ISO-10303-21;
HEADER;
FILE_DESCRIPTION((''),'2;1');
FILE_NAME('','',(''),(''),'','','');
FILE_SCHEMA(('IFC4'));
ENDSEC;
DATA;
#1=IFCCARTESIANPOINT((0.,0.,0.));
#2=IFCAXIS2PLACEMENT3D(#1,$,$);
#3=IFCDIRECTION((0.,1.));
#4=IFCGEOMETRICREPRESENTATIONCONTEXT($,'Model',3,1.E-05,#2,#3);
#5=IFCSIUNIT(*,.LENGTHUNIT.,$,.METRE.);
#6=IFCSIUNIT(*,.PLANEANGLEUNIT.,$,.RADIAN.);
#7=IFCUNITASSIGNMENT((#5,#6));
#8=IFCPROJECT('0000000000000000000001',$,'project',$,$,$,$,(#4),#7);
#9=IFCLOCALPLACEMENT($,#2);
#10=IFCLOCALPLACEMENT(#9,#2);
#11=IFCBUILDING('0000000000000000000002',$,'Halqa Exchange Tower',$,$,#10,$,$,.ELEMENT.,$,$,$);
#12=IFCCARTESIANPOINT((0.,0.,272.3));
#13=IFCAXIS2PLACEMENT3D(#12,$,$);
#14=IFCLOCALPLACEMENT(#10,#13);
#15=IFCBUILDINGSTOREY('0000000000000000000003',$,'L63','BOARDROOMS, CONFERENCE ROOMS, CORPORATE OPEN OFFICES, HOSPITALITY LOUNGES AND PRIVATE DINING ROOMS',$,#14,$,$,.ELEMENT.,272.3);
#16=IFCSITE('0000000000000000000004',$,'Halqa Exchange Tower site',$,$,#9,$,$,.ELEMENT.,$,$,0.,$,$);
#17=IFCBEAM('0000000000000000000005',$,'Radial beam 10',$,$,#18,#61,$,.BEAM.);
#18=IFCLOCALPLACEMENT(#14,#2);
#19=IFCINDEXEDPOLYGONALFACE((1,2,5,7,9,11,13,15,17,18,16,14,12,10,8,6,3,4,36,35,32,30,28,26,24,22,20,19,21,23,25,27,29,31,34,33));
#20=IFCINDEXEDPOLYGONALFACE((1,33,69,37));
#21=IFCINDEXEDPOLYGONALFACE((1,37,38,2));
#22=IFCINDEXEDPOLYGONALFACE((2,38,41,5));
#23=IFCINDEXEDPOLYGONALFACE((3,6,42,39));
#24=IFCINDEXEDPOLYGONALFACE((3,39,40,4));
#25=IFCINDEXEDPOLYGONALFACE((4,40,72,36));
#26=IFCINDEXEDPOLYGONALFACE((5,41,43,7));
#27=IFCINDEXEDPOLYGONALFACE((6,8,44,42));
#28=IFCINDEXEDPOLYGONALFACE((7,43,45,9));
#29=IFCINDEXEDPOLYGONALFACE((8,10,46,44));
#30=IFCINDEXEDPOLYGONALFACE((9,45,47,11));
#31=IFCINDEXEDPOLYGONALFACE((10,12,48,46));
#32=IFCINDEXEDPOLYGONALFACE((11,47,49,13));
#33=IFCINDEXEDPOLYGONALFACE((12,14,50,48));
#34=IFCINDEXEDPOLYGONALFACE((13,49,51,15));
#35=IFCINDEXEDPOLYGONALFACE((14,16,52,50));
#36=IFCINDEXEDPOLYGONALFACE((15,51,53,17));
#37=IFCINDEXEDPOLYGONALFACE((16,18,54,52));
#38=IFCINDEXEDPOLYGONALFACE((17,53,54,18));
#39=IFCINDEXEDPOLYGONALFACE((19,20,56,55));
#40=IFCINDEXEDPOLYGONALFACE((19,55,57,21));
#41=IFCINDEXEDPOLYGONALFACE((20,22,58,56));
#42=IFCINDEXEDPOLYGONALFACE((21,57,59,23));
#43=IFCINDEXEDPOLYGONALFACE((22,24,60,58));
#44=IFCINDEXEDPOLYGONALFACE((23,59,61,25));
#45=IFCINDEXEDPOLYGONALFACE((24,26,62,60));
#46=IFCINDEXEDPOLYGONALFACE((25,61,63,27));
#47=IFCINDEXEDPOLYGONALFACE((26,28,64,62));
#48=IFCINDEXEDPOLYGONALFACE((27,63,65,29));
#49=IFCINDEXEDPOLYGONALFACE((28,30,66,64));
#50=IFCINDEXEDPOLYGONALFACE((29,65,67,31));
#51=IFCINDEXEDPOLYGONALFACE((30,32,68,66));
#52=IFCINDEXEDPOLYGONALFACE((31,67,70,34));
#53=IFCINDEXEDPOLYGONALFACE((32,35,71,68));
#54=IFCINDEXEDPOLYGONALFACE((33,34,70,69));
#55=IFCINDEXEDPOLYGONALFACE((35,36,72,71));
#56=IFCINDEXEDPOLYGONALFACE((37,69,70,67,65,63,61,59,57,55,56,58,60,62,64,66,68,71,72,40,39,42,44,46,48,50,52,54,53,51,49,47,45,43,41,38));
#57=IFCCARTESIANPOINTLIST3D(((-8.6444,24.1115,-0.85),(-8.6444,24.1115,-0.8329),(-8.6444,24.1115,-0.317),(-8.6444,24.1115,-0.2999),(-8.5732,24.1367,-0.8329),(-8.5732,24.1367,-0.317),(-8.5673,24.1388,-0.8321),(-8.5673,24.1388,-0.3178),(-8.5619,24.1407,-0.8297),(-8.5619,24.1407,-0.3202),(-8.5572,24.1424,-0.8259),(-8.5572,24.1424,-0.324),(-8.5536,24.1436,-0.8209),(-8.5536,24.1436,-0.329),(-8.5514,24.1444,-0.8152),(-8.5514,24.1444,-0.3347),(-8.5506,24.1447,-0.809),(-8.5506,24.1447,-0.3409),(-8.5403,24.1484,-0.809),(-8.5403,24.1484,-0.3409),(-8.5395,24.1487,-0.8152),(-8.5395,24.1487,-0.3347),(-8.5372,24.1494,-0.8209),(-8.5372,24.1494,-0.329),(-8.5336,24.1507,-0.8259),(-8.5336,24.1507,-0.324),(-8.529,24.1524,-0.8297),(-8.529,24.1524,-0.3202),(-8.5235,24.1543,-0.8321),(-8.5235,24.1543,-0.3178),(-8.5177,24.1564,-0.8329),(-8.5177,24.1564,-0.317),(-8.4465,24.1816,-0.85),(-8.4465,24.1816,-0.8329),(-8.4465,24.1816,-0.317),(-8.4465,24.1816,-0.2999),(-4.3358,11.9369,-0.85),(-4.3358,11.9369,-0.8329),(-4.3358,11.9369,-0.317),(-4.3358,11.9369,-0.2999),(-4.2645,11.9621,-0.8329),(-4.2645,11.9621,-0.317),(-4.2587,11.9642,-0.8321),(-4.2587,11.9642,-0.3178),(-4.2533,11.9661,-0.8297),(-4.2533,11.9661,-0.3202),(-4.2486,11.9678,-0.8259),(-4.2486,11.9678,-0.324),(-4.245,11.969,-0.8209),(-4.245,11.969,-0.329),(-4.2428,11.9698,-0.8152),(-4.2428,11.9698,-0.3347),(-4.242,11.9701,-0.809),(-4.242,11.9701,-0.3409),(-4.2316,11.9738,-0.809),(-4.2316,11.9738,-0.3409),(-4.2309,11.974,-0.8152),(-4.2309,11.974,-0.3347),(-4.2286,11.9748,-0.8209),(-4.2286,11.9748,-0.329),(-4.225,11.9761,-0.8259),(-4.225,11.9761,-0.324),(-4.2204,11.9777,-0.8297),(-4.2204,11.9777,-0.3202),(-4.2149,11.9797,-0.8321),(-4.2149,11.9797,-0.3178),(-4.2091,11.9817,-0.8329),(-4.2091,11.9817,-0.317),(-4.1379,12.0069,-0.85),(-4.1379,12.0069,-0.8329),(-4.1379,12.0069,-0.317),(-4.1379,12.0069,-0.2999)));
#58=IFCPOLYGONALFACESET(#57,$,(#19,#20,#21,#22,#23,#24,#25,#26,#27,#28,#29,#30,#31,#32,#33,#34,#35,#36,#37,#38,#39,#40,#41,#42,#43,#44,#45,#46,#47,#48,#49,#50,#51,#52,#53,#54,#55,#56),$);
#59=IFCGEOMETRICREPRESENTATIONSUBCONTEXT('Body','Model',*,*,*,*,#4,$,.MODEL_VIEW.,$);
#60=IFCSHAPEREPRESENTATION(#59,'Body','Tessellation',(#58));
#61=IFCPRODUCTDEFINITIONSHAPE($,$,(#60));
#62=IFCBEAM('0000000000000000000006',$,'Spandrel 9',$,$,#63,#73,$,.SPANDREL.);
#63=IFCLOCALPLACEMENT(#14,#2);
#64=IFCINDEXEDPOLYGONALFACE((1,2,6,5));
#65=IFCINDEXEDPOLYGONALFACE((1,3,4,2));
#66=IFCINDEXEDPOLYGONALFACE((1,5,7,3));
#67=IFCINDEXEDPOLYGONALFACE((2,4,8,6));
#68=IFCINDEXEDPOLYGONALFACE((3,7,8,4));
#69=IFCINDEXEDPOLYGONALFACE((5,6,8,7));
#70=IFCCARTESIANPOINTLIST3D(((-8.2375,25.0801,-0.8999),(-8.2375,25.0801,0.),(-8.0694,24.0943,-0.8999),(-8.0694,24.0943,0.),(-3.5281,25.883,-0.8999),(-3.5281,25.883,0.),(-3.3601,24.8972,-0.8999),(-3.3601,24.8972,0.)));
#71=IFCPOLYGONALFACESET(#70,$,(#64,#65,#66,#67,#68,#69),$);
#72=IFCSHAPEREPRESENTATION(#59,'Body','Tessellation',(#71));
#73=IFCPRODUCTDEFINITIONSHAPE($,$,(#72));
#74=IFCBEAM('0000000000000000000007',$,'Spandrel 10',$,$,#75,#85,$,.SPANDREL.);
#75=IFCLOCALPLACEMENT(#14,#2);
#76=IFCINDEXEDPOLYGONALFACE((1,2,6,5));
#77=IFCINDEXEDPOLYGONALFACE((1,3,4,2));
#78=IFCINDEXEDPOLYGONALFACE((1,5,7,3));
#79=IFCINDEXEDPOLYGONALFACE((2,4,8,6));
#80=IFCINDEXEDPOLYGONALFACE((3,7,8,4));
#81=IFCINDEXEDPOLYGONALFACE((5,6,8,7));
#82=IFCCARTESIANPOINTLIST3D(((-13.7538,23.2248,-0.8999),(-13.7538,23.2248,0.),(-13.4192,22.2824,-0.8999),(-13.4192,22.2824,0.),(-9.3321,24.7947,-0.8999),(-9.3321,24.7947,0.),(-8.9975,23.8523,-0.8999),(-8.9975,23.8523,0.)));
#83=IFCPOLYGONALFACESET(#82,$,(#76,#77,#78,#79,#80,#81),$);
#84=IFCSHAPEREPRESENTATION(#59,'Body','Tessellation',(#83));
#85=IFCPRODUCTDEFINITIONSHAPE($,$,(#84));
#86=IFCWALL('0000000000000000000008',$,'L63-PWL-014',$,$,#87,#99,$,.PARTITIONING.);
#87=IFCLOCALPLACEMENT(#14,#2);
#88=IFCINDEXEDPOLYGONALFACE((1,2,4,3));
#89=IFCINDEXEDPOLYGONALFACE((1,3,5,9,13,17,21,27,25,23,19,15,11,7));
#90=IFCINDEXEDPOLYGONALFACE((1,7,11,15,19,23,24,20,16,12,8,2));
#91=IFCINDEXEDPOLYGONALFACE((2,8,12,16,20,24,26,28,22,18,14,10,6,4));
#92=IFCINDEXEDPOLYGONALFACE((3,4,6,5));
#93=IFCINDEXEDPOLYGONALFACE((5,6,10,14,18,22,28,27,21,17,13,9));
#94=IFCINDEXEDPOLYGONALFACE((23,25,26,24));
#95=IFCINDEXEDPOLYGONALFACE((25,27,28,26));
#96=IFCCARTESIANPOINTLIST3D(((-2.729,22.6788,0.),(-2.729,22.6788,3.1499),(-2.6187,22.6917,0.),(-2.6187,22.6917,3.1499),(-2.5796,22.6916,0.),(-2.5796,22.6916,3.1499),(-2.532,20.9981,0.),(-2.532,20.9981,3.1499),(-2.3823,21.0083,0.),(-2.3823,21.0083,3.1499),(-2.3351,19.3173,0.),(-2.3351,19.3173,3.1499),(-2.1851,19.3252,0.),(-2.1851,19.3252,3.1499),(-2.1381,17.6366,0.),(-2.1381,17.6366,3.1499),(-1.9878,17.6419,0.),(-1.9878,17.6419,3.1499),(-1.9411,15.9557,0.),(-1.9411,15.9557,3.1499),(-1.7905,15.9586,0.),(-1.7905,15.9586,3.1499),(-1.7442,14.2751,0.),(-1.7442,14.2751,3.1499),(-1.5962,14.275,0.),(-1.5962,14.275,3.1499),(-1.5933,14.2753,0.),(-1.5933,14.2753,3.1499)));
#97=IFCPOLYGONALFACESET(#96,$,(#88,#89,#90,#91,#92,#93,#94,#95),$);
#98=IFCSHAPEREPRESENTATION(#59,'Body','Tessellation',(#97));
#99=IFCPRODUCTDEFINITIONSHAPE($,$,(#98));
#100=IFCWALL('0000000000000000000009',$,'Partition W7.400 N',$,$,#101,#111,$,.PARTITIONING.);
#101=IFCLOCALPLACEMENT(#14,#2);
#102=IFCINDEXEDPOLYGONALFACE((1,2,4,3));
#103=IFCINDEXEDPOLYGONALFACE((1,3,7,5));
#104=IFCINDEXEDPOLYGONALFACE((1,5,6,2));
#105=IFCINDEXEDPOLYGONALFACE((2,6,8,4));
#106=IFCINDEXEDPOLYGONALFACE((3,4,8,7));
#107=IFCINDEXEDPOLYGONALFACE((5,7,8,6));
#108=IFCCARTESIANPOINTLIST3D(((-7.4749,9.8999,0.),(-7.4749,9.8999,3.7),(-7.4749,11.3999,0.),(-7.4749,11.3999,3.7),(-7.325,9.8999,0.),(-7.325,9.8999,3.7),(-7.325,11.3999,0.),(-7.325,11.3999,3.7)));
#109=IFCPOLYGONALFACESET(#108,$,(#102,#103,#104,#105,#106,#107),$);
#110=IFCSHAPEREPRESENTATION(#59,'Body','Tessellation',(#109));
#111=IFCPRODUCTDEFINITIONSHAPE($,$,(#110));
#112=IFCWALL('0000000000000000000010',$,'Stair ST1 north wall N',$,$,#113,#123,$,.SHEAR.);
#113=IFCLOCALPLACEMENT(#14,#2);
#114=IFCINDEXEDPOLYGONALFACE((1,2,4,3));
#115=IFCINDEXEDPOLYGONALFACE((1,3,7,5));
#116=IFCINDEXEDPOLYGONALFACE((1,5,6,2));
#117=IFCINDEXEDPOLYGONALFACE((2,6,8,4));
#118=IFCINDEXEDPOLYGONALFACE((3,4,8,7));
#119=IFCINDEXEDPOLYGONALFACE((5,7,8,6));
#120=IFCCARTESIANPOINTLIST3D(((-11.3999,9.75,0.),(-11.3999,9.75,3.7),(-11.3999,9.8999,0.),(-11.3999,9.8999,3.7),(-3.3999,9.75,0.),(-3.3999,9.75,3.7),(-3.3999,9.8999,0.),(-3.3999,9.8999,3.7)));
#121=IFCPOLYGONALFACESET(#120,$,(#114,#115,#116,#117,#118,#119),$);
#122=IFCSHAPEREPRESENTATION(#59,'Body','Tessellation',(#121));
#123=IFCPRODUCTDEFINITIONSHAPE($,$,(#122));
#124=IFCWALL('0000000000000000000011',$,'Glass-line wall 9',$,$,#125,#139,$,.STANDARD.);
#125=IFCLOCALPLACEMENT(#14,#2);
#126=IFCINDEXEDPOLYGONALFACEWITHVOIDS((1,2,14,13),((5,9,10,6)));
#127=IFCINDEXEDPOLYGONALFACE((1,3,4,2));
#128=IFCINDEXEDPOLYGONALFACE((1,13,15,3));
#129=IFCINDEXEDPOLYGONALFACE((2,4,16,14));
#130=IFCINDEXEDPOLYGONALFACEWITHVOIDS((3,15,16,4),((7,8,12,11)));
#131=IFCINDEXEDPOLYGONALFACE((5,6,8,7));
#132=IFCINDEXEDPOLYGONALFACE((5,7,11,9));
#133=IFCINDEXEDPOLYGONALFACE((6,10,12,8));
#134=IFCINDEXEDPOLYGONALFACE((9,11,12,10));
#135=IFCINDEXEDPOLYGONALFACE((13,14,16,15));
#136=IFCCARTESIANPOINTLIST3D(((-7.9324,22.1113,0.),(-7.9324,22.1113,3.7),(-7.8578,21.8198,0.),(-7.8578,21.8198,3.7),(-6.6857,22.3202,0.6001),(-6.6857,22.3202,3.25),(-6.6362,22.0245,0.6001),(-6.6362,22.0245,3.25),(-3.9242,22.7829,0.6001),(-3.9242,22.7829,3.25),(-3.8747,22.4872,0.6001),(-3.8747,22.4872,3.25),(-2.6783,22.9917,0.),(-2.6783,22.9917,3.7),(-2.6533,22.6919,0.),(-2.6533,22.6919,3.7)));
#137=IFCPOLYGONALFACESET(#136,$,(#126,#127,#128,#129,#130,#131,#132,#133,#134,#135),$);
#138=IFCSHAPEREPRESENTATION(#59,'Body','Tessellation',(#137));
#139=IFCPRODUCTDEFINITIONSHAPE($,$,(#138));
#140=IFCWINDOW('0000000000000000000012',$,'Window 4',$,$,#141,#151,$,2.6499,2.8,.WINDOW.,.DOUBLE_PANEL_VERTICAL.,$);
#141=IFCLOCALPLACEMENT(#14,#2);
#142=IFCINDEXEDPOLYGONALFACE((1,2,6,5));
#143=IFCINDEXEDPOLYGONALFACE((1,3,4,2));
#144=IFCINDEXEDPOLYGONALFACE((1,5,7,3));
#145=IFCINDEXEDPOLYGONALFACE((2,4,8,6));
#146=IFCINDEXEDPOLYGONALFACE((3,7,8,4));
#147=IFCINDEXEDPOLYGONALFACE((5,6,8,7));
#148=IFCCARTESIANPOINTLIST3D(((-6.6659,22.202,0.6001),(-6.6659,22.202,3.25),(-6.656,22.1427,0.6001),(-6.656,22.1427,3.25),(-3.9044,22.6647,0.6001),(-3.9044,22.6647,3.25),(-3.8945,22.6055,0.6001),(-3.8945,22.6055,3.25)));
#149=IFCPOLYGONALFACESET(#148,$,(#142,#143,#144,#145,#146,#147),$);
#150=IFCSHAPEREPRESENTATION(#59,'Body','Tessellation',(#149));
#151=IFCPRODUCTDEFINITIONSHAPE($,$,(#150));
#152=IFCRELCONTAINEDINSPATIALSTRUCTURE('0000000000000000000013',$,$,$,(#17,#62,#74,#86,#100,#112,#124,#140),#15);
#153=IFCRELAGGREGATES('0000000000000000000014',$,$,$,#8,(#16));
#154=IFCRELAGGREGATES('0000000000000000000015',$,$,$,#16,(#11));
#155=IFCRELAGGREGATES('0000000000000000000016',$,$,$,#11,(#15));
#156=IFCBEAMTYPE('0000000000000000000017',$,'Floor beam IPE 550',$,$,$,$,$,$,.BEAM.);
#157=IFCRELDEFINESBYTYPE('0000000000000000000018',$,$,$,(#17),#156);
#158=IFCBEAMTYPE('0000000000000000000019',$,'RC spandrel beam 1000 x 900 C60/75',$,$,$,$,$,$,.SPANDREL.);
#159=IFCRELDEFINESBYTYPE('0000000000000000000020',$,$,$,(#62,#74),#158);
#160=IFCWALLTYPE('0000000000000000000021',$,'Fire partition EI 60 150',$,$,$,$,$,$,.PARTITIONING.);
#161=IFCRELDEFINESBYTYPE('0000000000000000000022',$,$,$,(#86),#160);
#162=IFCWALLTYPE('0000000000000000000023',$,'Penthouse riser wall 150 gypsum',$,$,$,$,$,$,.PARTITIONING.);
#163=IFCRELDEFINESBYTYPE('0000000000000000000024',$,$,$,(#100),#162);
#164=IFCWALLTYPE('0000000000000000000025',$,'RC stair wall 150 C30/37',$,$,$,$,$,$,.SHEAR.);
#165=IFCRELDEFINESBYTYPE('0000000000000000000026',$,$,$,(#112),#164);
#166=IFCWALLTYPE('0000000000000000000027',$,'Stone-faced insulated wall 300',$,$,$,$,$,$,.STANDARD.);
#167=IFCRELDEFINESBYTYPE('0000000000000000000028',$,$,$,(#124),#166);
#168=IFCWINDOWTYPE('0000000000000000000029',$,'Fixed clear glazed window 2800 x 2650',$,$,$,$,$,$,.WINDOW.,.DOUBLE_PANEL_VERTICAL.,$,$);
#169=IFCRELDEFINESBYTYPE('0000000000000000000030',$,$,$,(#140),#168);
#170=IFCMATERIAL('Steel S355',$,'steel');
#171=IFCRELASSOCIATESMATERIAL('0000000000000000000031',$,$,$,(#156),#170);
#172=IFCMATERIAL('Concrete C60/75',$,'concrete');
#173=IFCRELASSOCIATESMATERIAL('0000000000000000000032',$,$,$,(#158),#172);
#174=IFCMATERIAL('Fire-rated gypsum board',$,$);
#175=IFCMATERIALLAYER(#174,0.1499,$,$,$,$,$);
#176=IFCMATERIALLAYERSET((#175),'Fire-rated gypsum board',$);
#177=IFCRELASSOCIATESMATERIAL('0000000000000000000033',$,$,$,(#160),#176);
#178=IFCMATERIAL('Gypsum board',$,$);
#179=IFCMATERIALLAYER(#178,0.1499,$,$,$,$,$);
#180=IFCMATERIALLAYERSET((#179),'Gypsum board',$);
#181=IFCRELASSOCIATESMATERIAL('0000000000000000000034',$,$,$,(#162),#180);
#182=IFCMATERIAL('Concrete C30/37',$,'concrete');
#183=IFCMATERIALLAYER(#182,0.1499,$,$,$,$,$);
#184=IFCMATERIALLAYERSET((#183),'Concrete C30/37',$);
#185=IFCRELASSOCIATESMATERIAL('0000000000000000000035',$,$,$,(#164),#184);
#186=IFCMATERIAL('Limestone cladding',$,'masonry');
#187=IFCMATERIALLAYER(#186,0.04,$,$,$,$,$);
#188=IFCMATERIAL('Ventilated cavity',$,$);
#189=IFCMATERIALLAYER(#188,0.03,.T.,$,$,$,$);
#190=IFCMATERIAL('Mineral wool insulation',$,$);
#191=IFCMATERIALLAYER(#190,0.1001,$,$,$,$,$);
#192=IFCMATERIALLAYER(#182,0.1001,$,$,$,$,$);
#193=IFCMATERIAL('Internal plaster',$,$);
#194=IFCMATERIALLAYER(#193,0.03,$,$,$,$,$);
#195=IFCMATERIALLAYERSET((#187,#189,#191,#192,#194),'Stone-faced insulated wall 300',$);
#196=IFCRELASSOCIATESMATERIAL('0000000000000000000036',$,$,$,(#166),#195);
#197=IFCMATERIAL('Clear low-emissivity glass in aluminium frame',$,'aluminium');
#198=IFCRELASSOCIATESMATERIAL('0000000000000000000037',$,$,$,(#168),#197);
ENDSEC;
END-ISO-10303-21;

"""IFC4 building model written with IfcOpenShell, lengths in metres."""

from ifc_helpers import new_model, si_unit, direction, frame, frame_2d, origin, origin_2d, place, context, subcontext, project, spatial, polyline, rectangle, i_section, outline, extrude, material, layer, layer_set, material_profile, profile_set, type_object, element, fill, save


model = new_model("IFC4")

# Units and contexts
model_context = context("Model", 3, precision=1e-05, world=origin(), true_north=direction((0.0, 1.0)))
body_context = subcontext(model_context, "Body", "Model", "MODEL_VIEW")
ifc_project = project(units=[si_unit("LENGTHUNIT", "METRE"), si_unit("PLANEANGLEUNIT", "RADIAN")], contexts=[model_context])

# Site, building, storey
site_placement = place(None, origin())
site = spatial("IfcSite", under=ifc_project, at=site_placement, Name="Halqa Exchange Tower site", CompositionType="ELEMENT", RefElevation=0.0)
building_placement = place(site_placement, origin())
building = spatial("IfcBuilding", under=site, at=building_placement, Name="Halqa Exchange Tower", CompositionType="ELEMENT")
storey_placement = place(building_placement, frame((0.0, 0.0, 272.3)))
storey = spatial("IfcBuildingStorey", under=building, at=storey_placement, Name="L63", Description="BOARDROOMS, CONFERENCE ROOMS, CORPORATE OPEN OFFICES, HOSPITALITY LOUNGES AND PRIVATE DINING ROOMS", CompositionType="ELEMENT", Elevation=272.3)

# Shared definitions
ifc_material_1 = material(Name="Concrete C60/75", Category="concrete")

# Beams
ifc_material_2 = material(Name="Steel S355", Category="steel")
ifc_material_profile_1 = material_profile(ifc_material_2, i_section(OverallWidth=0.21, OverallDepth=0.55, WebThickness=0.011, FlangeThickness=0.0171, FilletRadius=0.0239, at=origin_2d()), Name="IPE 550")
ifc_profile_set_1 = profile_set([ifc_material_profile_1], Name="Steel S355")
beam_type_1 = type_object("IfcBeamType", Name="Floor beam IPE 550", PredefinedType="BEAM", material=ifc_profile_set_1)
beam_1_placement = place(storey_placement, frame((-4.2368, 11.9719, -0.575), z_axis=(-0.333625, 0.942706, 0.0), x_axis=(-0.942706, -0.333625, 0.0)))
element("IfcBeam", 1, at=beam_1_placement, inside=storey, type_object=beam_type_1, Name="Radial beam 10", PredefinedType="BEAM", context=body_context, shape_type="SweptSolid", body=[
    extrude(i_section(OverallWidth=0.21, OverallDepth=0.55, WebThickness=0.011, FlangeThickness=0.0171, FilletRadius=0.0239, at=origin_2d()), origin(), (0.0, 0.0, 1.0), 12.9146),
])
ifc_material_profile_2 = material_profile(ifc_material_1, rectangle(XDim=1.0, YDim=0.8999, at=origin_2d()), Name="1000 x 900")
ifc_profile_set_2 = profile_set([ifc_material_profile_2], Name="Concrete C60/75")
beam_type_2 = type_object("IfcBeamType", Name="RC spandrel beam 1000 x 900 C60/75", PredefinedType="SPANDREL", material=ifc_profile_set_2)
beam_2_placement = place(storey_placement, frame((-3.4441, 25.3901, -0.45), z_axis=(-0.985774, -0.168077, 0.0), x_axis=(0.168077, -0.985774, 0.0)))
element("IfcBeam", 2, at=beam_2_placement, inside=storey, type_object=beam_type_2, Name="Spandrel 9", PredefinedType="SPANDREL", context=body_context, shape_type="SweptSolid", body=[
    extrude(rectangle(XDim=1.0, YDim=0.8999, at=origin_2d()), origin(), (0.0, 0.0, 1.0), 4.7773),
])
beam_3_placement = place(storey_placement, frame((-9.1648, 24.3235, -0.45), z_axis=(-0.94237, -0.334572, 0.0), x_axis=(0.334572, -0.94237, 0.0)))
element("IfcBeam", 3, at=beam_3_placement, inside=storey, type_object=beam_type_2, Name="Spandrel 10", PredefinedType="SPANDREL", context=body_context, shape_type="SweptSolid", body=[
    extrude(rectangle(XDim=1.0, YDim=0.8999, at=origin_2d()), origin(), (0.0, 0.0, 1.0), 4.6921),
])

# Walls
ifc_material_3 = material(Name="Fire-rated gypsum board")
ifc_layer_1 = layer(ifc_material_3, 0.1499)
ifc_layer_set_1 = layer_set([ifc_layer_1], Name="Fire-rated gypsum board")
wall_type_1 = type_object("IfcWallType", Name="Fire partition EI 60 150", PredefinedType="PARTITIONING", material=ifc_layer_set_1)
wall_1_placement = place(storey_placement, frame((-2.6545, 22.6875, 0.0), z_axis=(0.0, 0.0, 1.0), x_axis=(0.11639, -0.993204, 0.0)))
element("IfcWall", 4, at=wall_1_placement, inside=storey, type_object=wall_type_1, Name="L63-PWL-014", PredefinedType="PARTITIONING", context=body_context, shape_type="SweptSolid", body=[
    extrude(outline(polyline([(0.0, -0.075), (1.6921, -0.075), (3.3845, -0.075), (5.0767, -0.075), (6.769, -0.075), (8.4612, -0.075), (8.4785, 0.072), (8.4785, 0.075), (6.7837, 0.075), (5.0889, 0.075), (3.394, 0.075), (1.6995, 0.075), (0.0046, 0.075), (0.0, 0.0361), (0.0, -0.075)])), origin(), (0.0, 0.0, 1.0), 3.1499),
])
ifc_material_4 = material(Name="Gypsum board")
ifc_layer_2 = layer(ifc_material_4, 0.1499)
ifc_layer_set_2 = layer_set([ifc_layer_2], Name="Gypsum board")
wall_type_2 = type_object("IfcWallType", Name="Penthouse riser wall 150 gypsum", PredefinedType="PARTITIONING", material=ifc_layer_set_2)
wall_2_placement = place(storey_placement, frame((-7.3999, 9.8999, 0.0), z_axis=(0.0, 0.0, 1.0), x_axis=(0.0, 1.0, 0.0)))
element("IfcWall", 5, at=wall_2_placement, inside=storey, type_object=wall_type_2, Name="Partition W7.400 N", PredefinedType="PARTITIONING", context=body_context, shape_type="SweptSolid", body=[
    extrude(rectangle(XDim=1.5, YDim=0.1499, at=frame_2d((0.75, 0.0))), origin(), (0.0, 0.0, 1.0), 3.7),
])
ifc_material_5 = material(Name="Concrete C30/37", Category="concrete")
ifc_layer_3 = layer(ifc_material_5, 0.1499)
ifc_layer_set_3 = layer_set([ifc_layer_3], Name="Concrete C30/37")
wall_type_3 = type_object("IfcWallType", Name="RC stair wall 150 C30/37", PredefinedType="SHEAR", material=ifc_layer_set_3)
wall_3_placement = place(storey_placement, frame((-11.3999, 9.825, 0.0), z_axis=(0.0, 0.0, 1.0), x_axis=(1.0, 0.0, 0.0)))
element("IfcWall", 6, at=wall_3_placement, inside=storey, type_object=wall_type_3, Name="Stair ST1 north wall N", PredefinedType="SHEAR", context=body_context, shape_type="SweptSolid", body=[
    extrude(rectangle(XDim=8.0, YDim=0.1499, at=frame_2d((4.0, 0.0))), origin(), (0.0, 0.0, 1.0), 3.7),
])

# Wall, opening, window
ifc_material_6 = material(Name="Limestone cladding", Category="masonry")
ifc_layer_4 = layer(ifc_material_6, 0.04)
ifc_material_7 = material(Name="Ventilated cavity")
ifc_layer_5 = layer(ifc_material_7, 0.03, ventilated=True)
ifc_material_8 = material(Name="Mineral wool insulation")
ifc_layer_6 = layer(ifc_material_8, 0.1001)
ifc_layer_7 = layer(ifc_material_5, 0.1001)
ifc_material_9 = material(Name="Internal plaster")
ifc_layer_8 = layer(ifc_material_9, 0.03)
ifc_layer_set_4 = layer_set([ifc_layer_4, ifc_layer_5, ifc_layer_6, ifc_layer_7, ifc_layer_8], Name="Stone-faced insulated wall 300")
wall_type_4 = type_object("IfcWallType", Name="Stone-faced insulated wall 300", PredefinedType="STANDARD", material=ifc_layer_set_4)
wall_4_placement = place(storey_placement, frame((-2.6658, 22.8418, 0.0), z_axis=(0.0, 0.0, 1.0), x_axis=(-0.98625, -0.165258, 0.0)))
wall_4 = element("IfcWall", 7, at=wall_4_placement, inside=storey, type_object=wall_type_4, Name="Glass-line wall 9", PredefinedType="STANDARD", context=body_context, shape_type="SweptSolid", body=[
    extrude(outline(polyline([(-0.0125, -0.1499), (5.3149, -0.1499), (5.2896, 0.1499), (0.0125, 0.1499), (-0.0125, -0.1499)])), origin(), (0.0, 0.0, 1.0), 3.7),
])
opening_1_placement = place(wall_4_placement, frame((1.251, 0.0, 0.6001)))
opening_1 = element("IfcOpeningElement", 8, at=opening_1_placement, cuts=wall_4, PredefinedType="OPENING", context=body_context, shape_type="SweptSolid", body=[
    extrude(rectangle(XDim=2.8, YDim=2.6499, at=frame_2d((1.3999, 1.325))), frame((0.0, 0.1621, 0.0), z_axis=(0.0, -1.0, 0.0), x_axis=(1.0, 0.0, 0.0)), (0.0, 0.0, 1.0), 0.324),
])
ifc_material_10 = material(Name="Clear low-emissivity glass in aluminium frame", Category="aluminium")
window_type = type_object("IfcWindowType", Name="Fixed clear glazed window 2800 x 2650", PartitioningType="DOUBLE_PANEL_VERTICAL", PredefinedType="WINDOW", material=ifc_material_10)
window_1_placement = place(opening_1_placement, origin())
window_1 = element("IfcWindow", 9, at=window_1_placement, inside=storey, type_object=window_type, Name="Window 4", OverallHeight=2.6499, OverallWidth=2.8, PartitioningType="DOUBLE_PANEL_VERTICAL", PredefinedType="WINDOW", context=body_context, shape_type="SweptSolid", body=[
    extrude(rectangle(XDim=2.8, YDim=2.6499, at=frame_2d((1.3999, 1.325))), frame((0.0, 0.03, 0.0), z_axis=(0.0, -1.0, 0.0), x_axis=(1.0, 0.0, 0.0)), (0.0, 0.0, 1.0), 0.0601),
])
fill(opening_1, window_1)

save(model, "model.ifc")
